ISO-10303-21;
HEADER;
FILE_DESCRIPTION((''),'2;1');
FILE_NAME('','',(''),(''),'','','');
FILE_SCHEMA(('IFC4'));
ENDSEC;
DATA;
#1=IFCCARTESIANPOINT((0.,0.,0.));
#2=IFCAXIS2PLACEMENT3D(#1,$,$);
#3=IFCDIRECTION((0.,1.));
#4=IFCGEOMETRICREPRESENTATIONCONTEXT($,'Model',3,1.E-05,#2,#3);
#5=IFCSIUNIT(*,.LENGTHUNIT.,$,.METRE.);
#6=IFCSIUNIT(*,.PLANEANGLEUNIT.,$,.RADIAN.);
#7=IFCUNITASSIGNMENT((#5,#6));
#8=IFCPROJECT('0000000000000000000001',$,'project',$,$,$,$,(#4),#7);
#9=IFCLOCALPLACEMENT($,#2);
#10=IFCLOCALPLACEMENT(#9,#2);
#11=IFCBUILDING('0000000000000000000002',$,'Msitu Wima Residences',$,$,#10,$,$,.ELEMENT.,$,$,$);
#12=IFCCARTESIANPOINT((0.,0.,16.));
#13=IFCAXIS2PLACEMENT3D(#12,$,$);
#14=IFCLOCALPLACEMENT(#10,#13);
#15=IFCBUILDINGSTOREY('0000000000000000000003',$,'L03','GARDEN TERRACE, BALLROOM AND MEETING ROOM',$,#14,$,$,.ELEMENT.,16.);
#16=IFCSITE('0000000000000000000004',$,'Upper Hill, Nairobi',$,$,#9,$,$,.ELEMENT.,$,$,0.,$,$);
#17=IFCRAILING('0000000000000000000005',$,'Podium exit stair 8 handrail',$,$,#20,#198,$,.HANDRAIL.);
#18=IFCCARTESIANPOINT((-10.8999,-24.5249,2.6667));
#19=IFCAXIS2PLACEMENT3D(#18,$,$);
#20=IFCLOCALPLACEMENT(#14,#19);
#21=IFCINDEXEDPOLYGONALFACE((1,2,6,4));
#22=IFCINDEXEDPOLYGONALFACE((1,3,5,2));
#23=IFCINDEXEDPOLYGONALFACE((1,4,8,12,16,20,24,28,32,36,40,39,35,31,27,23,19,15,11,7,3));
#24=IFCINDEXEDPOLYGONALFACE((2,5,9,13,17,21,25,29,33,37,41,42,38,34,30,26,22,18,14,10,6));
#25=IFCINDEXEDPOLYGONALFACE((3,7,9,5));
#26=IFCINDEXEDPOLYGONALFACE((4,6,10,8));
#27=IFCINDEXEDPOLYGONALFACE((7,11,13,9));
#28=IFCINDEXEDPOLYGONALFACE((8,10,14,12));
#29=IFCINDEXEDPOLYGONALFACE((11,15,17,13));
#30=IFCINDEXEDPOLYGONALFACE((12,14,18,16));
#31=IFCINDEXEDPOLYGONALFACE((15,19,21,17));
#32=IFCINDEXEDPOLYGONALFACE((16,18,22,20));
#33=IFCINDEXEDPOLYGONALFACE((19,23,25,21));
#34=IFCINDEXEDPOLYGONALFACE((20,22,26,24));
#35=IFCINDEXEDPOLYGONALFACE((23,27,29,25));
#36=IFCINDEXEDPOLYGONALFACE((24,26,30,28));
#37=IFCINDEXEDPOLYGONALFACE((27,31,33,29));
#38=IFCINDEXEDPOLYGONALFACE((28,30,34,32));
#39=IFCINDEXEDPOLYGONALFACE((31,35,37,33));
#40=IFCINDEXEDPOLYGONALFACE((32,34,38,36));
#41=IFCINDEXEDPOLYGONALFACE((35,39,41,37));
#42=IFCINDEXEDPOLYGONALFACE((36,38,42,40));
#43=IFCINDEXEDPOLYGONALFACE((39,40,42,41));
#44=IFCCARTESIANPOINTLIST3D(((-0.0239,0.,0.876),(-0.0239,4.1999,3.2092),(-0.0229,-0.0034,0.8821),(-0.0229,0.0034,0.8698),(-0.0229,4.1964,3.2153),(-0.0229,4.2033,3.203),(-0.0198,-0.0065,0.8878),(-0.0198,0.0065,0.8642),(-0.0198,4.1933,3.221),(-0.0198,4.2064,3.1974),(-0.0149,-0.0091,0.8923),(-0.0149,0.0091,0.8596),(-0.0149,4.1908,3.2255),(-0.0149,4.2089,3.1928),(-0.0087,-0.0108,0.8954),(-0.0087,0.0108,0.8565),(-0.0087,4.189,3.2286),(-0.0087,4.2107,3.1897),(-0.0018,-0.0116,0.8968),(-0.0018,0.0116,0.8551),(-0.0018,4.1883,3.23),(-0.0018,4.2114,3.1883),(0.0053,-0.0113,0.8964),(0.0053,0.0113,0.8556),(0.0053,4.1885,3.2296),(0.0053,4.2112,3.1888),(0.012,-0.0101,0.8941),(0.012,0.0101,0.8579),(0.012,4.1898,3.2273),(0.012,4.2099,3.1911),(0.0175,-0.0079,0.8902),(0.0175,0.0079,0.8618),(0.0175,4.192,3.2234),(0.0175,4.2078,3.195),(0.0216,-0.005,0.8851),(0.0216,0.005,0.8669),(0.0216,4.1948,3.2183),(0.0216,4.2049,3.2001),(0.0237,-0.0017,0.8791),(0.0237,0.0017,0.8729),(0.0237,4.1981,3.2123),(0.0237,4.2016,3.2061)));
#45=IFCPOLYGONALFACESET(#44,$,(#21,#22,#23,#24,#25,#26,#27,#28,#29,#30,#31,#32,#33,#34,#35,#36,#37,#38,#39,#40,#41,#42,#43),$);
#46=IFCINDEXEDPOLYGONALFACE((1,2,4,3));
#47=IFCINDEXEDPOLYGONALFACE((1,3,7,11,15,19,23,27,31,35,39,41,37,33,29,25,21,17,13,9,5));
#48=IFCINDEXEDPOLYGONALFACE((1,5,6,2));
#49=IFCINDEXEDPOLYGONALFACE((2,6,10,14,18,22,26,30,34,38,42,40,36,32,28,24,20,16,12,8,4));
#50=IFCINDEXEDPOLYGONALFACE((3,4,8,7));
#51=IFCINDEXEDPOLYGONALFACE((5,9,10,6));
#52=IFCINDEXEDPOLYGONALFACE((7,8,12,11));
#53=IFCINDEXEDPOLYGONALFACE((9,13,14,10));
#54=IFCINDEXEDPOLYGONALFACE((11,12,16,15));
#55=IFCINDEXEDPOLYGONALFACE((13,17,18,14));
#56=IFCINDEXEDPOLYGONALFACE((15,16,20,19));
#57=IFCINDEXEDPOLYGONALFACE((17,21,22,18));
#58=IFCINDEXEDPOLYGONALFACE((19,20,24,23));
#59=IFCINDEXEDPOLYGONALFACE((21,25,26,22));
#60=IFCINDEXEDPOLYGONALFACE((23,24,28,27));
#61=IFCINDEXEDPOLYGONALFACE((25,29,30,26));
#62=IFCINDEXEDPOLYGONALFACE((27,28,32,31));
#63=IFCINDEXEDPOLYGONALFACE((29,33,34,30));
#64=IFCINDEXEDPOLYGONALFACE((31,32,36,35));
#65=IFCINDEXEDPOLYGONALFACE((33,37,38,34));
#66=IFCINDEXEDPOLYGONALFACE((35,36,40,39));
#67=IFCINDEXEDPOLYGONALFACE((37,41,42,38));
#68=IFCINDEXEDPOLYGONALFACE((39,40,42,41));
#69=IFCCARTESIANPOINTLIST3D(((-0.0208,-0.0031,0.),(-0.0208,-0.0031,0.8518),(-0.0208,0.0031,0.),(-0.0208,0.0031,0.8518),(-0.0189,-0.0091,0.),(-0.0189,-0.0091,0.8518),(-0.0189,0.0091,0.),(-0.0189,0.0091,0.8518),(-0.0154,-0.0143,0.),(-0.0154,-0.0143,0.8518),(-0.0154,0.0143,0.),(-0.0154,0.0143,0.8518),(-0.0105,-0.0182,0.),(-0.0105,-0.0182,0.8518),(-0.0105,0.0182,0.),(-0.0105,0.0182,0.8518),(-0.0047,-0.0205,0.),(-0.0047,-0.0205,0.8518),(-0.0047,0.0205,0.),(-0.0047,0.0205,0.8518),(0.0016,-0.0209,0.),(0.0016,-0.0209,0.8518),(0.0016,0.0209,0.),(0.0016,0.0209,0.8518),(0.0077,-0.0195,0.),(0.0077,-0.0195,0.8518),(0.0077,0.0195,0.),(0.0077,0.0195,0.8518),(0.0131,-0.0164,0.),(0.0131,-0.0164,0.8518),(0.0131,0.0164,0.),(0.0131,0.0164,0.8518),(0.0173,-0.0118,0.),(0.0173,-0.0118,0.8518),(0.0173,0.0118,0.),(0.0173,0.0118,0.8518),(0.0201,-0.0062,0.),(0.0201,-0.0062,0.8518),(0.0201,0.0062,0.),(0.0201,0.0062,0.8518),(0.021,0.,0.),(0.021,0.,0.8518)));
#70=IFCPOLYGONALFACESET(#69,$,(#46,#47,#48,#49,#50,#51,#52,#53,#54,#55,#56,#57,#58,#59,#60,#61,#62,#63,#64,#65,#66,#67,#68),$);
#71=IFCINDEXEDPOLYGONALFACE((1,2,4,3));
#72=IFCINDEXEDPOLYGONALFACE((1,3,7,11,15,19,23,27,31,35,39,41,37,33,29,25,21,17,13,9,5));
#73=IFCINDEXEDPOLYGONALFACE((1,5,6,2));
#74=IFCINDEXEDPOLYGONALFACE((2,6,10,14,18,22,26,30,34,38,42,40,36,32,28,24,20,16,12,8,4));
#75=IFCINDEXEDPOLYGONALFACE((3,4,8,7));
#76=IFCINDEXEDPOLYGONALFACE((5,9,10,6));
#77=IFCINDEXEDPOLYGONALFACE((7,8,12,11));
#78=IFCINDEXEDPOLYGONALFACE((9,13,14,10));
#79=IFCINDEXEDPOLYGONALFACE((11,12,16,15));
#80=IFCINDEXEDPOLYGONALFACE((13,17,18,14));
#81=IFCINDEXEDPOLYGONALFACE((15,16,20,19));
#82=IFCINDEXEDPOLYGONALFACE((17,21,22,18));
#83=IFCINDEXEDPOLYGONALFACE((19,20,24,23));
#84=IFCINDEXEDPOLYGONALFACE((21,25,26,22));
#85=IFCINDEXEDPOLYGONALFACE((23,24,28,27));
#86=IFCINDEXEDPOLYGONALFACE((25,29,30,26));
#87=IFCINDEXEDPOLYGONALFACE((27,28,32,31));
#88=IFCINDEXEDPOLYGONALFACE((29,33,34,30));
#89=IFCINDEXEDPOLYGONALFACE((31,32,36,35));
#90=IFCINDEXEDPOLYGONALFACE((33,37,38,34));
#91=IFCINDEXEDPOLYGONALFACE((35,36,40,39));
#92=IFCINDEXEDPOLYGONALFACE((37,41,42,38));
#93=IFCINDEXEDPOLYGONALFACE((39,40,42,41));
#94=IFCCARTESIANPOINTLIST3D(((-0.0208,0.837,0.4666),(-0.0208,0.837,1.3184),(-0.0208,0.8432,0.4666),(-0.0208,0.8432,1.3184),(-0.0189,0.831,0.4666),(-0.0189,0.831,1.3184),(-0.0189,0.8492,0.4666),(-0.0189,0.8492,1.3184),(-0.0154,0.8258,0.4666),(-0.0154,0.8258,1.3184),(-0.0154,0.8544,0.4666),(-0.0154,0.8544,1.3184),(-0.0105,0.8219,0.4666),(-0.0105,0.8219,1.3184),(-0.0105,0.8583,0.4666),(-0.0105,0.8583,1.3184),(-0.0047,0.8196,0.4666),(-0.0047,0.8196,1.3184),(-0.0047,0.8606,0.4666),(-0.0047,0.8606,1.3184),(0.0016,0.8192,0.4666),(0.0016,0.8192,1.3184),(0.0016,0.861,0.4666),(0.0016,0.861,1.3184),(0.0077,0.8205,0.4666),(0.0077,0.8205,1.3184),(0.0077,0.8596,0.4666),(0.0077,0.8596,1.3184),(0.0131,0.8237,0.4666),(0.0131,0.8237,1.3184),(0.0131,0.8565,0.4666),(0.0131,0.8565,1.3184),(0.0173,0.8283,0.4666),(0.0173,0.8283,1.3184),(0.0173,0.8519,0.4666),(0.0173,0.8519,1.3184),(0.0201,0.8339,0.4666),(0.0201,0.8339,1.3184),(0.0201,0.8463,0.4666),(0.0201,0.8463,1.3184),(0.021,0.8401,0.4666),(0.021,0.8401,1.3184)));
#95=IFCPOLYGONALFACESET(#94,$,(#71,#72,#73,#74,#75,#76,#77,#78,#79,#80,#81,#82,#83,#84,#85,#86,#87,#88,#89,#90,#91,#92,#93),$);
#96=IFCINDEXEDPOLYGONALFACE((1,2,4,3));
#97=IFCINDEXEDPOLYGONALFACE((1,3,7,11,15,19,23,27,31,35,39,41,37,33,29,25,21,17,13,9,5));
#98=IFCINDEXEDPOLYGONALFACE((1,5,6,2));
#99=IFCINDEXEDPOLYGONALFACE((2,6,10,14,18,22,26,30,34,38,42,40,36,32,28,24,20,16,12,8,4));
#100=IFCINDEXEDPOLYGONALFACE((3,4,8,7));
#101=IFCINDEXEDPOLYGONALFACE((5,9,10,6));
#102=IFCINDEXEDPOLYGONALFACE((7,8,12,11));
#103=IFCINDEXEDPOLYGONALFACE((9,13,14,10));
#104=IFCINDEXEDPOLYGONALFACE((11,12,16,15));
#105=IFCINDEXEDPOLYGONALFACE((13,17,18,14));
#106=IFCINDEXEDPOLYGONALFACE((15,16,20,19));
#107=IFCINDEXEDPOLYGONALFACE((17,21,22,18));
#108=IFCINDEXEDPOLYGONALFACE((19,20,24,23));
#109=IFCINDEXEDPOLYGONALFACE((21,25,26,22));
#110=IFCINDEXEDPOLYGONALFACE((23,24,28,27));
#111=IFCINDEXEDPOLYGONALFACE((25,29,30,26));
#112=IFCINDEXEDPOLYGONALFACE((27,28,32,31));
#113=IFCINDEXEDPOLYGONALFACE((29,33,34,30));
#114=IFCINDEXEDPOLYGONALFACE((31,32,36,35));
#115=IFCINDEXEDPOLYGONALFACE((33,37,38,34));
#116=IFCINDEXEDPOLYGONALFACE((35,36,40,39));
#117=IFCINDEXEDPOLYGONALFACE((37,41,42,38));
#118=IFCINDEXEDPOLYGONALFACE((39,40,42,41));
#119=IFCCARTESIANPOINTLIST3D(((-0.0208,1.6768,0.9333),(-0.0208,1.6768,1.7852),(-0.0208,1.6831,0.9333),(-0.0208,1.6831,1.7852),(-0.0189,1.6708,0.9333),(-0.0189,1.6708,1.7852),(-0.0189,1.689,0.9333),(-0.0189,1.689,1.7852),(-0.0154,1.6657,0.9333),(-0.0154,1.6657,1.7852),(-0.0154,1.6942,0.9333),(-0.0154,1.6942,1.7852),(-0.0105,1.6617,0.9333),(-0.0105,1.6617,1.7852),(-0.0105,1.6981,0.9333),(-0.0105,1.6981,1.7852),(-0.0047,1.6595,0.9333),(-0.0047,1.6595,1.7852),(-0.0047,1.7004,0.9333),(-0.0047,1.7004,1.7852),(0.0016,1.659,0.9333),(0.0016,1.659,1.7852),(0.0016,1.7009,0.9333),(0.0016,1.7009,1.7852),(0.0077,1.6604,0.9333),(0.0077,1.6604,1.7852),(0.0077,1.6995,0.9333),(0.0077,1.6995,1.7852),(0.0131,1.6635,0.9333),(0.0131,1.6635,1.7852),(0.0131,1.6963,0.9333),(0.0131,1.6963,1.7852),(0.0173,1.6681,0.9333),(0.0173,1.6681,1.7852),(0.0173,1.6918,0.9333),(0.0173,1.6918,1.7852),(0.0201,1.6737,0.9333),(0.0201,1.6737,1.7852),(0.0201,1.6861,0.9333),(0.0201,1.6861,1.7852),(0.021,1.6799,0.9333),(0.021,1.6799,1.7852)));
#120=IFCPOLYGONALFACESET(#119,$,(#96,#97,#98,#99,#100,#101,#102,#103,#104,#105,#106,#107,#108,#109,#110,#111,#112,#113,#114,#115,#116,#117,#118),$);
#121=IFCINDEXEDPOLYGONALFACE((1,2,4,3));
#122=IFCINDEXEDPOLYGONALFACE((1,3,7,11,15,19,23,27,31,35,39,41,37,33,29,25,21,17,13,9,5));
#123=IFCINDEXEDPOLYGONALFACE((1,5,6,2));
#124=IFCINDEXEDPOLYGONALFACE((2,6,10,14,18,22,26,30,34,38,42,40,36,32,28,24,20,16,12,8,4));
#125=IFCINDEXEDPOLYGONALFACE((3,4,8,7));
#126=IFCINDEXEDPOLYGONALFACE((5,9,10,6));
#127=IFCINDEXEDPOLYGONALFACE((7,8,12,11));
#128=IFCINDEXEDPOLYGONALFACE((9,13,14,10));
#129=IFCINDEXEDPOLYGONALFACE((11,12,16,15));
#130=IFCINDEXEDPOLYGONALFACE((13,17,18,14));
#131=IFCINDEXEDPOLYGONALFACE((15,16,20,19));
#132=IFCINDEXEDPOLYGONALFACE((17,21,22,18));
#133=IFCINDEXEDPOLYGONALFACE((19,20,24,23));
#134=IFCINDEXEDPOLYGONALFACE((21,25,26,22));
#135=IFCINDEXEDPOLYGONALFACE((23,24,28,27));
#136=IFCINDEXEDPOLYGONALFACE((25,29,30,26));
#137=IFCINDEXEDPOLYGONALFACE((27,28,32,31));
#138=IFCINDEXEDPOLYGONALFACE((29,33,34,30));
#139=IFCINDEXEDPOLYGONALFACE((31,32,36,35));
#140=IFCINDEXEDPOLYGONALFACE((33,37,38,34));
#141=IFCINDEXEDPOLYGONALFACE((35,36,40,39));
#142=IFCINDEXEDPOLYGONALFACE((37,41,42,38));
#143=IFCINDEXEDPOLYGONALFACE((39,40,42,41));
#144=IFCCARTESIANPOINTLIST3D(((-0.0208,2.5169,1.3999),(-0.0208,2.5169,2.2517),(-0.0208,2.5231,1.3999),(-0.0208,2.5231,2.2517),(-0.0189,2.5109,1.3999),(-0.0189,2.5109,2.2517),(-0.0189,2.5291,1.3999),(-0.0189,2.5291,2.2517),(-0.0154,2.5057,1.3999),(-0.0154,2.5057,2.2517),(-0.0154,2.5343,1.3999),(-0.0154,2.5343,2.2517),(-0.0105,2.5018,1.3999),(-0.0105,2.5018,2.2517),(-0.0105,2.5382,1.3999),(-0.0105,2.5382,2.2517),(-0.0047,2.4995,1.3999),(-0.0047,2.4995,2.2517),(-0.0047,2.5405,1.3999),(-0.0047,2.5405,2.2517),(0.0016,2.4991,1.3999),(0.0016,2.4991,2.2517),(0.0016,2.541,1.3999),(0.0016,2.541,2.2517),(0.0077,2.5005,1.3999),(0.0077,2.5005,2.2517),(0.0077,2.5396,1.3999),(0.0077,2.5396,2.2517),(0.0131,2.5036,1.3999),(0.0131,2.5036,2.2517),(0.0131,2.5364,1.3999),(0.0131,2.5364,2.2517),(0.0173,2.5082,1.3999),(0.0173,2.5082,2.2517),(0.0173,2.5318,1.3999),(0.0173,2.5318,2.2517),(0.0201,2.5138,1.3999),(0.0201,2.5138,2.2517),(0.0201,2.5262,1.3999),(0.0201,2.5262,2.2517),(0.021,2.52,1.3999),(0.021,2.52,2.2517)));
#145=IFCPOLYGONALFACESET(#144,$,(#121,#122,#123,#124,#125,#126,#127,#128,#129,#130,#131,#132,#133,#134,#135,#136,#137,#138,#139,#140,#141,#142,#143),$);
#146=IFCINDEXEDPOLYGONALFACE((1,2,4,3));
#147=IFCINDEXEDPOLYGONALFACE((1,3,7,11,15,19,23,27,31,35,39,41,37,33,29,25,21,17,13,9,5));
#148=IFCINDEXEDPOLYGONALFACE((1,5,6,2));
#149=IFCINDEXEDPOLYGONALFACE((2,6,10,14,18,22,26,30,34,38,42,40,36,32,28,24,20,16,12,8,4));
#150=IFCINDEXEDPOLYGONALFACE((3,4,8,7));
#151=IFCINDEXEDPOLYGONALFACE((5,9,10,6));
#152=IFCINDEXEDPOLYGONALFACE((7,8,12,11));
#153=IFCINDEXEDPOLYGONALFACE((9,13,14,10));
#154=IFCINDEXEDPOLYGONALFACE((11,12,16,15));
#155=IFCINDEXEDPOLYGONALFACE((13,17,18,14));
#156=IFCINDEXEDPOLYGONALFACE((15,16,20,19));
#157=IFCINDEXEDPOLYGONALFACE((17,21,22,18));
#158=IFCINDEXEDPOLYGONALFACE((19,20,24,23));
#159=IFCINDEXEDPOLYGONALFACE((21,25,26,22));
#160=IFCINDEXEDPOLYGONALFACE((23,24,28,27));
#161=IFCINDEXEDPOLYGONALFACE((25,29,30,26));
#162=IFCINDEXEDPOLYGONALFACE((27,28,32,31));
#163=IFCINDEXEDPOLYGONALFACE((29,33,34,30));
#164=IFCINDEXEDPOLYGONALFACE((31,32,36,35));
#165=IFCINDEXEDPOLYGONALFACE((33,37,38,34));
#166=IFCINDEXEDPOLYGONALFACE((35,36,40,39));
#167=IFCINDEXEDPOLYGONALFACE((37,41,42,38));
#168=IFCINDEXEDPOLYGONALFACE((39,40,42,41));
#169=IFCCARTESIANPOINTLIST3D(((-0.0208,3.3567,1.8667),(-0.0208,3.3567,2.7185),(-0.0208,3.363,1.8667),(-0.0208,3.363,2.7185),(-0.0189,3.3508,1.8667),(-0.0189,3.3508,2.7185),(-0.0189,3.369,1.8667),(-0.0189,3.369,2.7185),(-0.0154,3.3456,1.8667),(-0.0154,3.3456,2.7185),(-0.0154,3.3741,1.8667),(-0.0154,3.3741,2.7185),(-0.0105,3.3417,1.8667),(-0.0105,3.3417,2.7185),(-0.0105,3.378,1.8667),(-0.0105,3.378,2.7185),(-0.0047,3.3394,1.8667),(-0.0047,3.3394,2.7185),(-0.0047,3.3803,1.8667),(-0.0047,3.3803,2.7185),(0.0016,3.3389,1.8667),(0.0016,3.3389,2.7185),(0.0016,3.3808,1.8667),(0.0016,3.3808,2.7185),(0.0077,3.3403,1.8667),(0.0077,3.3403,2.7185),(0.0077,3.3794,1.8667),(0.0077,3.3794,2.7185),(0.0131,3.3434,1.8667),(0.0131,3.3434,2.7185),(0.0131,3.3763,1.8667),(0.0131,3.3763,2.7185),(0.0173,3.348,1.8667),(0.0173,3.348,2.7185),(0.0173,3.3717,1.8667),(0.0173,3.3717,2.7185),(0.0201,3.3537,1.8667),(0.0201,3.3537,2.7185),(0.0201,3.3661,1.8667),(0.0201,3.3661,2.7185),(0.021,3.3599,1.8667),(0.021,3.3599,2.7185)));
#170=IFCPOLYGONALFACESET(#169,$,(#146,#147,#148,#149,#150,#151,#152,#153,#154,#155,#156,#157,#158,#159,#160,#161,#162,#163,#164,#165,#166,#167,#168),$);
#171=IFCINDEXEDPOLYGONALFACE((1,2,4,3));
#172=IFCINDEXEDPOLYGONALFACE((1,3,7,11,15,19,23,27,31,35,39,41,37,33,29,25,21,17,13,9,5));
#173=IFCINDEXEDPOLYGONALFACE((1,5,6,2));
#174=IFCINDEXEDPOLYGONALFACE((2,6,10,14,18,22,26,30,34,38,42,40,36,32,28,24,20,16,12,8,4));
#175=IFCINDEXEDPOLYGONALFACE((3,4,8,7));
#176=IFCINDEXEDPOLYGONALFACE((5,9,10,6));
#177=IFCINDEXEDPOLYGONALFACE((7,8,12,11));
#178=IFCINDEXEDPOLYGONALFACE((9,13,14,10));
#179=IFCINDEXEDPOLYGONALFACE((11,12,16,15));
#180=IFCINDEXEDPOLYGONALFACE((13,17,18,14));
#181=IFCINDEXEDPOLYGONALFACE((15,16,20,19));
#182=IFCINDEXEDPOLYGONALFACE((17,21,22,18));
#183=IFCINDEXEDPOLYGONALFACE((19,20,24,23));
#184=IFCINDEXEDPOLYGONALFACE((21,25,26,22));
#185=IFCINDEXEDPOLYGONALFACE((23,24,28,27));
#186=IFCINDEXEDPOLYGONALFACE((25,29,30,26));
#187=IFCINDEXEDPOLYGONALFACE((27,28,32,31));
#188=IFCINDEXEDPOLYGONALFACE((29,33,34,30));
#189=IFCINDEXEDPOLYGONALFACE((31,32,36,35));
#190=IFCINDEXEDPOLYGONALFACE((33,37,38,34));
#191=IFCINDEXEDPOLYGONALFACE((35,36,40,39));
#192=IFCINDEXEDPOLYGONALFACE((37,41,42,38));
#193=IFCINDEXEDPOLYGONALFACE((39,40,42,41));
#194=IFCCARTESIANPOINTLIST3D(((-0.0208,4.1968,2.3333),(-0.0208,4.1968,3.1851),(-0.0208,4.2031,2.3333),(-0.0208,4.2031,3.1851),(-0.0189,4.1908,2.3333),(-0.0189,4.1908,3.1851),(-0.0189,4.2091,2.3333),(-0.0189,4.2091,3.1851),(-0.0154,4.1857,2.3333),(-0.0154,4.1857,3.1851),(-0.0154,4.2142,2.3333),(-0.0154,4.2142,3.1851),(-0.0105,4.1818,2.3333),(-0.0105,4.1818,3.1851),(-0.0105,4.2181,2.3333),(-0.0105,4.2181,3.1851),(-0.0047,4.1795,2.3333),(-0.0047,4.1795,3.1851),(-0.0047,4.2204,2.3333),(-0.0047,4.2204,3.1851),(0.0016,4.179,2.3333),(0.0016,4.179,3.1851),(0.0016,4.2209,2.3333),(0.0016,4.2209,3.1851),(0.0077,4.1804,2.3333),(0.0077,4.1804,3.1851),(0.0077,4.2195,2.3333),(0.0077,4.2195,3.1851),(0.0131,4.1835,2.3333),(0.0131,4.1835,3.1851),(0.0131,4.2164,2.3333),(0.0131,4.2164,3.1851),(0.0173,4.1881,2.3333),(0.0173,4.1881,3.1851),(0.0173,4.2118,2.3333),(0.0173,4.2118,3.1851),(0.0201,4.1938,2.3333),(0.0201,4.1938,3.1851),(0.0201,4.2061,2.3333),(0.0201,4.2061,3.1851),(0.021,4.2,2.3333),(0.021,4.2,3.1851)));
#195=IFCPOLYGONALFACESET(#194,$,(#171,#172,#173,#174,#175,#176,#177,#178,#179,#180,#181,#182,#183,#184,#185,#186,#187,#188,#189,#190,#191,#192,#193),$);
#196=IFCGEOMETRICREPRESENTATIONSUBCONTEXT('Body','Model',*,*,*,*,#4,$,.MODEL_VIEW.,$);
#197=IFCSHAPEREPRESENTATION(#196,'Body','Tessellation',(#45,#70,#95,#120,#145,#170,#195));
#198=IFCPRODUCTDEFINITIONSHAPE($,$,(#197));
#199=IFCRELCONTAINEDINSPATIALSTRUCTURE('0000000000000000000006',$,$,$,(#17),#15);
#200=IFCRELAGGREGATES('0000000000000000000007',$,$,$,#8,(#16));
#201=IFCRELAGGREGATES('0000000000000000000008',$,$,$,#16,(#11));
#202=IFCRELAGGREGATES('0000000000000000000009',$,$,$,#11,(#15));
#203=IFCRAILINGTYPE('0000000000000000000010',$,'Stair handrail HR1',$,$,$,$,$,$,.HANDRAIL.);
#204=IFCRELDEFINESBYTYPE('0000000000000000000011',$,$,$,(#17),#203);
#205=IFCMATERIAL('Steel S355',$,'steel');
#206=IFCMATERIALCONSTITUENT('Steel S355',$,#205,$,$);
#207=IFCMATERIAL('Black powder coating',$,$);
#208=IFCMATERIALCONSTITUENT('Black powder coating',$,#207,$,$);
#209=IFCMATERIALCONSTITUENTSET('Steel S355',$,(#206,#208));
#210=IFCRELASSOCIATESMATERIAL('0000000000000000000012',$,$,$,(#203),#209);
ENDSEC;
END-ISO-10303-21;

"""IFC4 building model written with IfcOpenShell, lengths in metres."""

from ifc_helpers import new_model, si_unit, direction, frame, origin, origin_2d, place, context, subcontext, project, spatial, circle, extrude, material, constituent, constituent_set, type_object, element, save


model = new_model("IFC4")

# Units and contexts
model_context = context("Model", 3, precision=1e-05, world=origin(), true_north=direction((0.0, 1.0)))
body_context = subcontext(model_context, "Body", "Model", "MODEL_VIEW")
ifc_project = project(units=[si_unit("LENGTHUNIT", "METRE"), si_unit("PLANEANGLEUNIT", "RADIAN")], contexts=[model_context])

# Site, building, storey
site_placement = place(None, origin())
site = spatial("IfcSite", under=ifc_project, at=site_placement, Name="Upper Hill, Nairobi", CompositionType="ELEMENT", RefElevation=0.0)
building_placement = place(site_placement, origin())
building = spatial("IfcBuilding", under=site, at=building_placement, Name="Msitu Wima Residences", CompositionType="ELEMENT")
storey_placement = place(building_placement, frame((0.0, 0.0, 16.0)))
storey = spatial("IfcBuildingStorey", under=building, at=storey_placement, Name="L03", Description="GARDEN TERRACE, BALLROOM AND MEETING ROOM", CompositionType="ELEMENT", Elevation=16.0)

# Railing
ifc_material_1 = material(Name="Steel S355", Category="steel")
ifc_constituent_1 = constituent(ifc_material_1, Name="Steel S355")
ifc_material_2 = material(Name="Black powder coating")
ifc_constituent_2 = constituent(ifc_material_2, Name="Black powder coating")
ifc_constituent_set = constituent_set(constituents=[ifc_constituent_1, ifc_constituent_2], Name="Steel S355")
railing_type = type_object("IfcRailingType", Name="Stair handrail HR1", PredefinedType="HANDRAIL", material=ifc_constituent_set)
for number, where, name in (
    (1, (-10.8999, -24.5249, 2.6667), "Podium exit stair 8 handrail"),
):
    element("IfcRailing", number, at=place(storey_placement, frame(where)), inside=storey, type_object=railing_type, Name=name, PredefinedType="HANDRAIL", context=body_context, shape_type="SweptSolid", body=[
        extrude(circle(Radius=0.0239, at=origin_2d()), frame((0.0, 0.0, 0.876), z_axis=(0.0, 0.874162, 0.485634), x_axis=(-1.0, 0.0, 0.0)), (0.0, 0.0, 1.0), 4.8044),
        extrude(circle(Radius=0.021, at=origin_2d()), origin(), (0.0, 0.0, 1.0), 0.8518),
        extrude(circle(Radius=0.021, at=origin_2d()), frame((0.0, 0.8401, 0.4666)), (0.0, 0.0, 1.0), 0.8518),
        extrude(circle(Radius=0.021, at=origin_2d()), frame((0.0, 1.6799, 0.9333)), (0.0, 0.0, 1.0), 0.8518),
        extrude(circle(Radius=0.021, at=origin_2d()), frame((0.0, 2.52, 1.3999)), (0.0, 0.0, 1.0), 0.8518),
        extrude(circle(Radius=0.021, at=origin_2d()), frame((0.0, 3.3599, 1.8667)), (0.0, 0.0, 1.0), 0.8518),
        extrude(circle(Radius=0.021, at=origin_2d()), frame((0.0, 4.2, 2.3333)), (0.0, 0.0, 1.0), 0.8518),
    ])

save(model, "model.ifc")
